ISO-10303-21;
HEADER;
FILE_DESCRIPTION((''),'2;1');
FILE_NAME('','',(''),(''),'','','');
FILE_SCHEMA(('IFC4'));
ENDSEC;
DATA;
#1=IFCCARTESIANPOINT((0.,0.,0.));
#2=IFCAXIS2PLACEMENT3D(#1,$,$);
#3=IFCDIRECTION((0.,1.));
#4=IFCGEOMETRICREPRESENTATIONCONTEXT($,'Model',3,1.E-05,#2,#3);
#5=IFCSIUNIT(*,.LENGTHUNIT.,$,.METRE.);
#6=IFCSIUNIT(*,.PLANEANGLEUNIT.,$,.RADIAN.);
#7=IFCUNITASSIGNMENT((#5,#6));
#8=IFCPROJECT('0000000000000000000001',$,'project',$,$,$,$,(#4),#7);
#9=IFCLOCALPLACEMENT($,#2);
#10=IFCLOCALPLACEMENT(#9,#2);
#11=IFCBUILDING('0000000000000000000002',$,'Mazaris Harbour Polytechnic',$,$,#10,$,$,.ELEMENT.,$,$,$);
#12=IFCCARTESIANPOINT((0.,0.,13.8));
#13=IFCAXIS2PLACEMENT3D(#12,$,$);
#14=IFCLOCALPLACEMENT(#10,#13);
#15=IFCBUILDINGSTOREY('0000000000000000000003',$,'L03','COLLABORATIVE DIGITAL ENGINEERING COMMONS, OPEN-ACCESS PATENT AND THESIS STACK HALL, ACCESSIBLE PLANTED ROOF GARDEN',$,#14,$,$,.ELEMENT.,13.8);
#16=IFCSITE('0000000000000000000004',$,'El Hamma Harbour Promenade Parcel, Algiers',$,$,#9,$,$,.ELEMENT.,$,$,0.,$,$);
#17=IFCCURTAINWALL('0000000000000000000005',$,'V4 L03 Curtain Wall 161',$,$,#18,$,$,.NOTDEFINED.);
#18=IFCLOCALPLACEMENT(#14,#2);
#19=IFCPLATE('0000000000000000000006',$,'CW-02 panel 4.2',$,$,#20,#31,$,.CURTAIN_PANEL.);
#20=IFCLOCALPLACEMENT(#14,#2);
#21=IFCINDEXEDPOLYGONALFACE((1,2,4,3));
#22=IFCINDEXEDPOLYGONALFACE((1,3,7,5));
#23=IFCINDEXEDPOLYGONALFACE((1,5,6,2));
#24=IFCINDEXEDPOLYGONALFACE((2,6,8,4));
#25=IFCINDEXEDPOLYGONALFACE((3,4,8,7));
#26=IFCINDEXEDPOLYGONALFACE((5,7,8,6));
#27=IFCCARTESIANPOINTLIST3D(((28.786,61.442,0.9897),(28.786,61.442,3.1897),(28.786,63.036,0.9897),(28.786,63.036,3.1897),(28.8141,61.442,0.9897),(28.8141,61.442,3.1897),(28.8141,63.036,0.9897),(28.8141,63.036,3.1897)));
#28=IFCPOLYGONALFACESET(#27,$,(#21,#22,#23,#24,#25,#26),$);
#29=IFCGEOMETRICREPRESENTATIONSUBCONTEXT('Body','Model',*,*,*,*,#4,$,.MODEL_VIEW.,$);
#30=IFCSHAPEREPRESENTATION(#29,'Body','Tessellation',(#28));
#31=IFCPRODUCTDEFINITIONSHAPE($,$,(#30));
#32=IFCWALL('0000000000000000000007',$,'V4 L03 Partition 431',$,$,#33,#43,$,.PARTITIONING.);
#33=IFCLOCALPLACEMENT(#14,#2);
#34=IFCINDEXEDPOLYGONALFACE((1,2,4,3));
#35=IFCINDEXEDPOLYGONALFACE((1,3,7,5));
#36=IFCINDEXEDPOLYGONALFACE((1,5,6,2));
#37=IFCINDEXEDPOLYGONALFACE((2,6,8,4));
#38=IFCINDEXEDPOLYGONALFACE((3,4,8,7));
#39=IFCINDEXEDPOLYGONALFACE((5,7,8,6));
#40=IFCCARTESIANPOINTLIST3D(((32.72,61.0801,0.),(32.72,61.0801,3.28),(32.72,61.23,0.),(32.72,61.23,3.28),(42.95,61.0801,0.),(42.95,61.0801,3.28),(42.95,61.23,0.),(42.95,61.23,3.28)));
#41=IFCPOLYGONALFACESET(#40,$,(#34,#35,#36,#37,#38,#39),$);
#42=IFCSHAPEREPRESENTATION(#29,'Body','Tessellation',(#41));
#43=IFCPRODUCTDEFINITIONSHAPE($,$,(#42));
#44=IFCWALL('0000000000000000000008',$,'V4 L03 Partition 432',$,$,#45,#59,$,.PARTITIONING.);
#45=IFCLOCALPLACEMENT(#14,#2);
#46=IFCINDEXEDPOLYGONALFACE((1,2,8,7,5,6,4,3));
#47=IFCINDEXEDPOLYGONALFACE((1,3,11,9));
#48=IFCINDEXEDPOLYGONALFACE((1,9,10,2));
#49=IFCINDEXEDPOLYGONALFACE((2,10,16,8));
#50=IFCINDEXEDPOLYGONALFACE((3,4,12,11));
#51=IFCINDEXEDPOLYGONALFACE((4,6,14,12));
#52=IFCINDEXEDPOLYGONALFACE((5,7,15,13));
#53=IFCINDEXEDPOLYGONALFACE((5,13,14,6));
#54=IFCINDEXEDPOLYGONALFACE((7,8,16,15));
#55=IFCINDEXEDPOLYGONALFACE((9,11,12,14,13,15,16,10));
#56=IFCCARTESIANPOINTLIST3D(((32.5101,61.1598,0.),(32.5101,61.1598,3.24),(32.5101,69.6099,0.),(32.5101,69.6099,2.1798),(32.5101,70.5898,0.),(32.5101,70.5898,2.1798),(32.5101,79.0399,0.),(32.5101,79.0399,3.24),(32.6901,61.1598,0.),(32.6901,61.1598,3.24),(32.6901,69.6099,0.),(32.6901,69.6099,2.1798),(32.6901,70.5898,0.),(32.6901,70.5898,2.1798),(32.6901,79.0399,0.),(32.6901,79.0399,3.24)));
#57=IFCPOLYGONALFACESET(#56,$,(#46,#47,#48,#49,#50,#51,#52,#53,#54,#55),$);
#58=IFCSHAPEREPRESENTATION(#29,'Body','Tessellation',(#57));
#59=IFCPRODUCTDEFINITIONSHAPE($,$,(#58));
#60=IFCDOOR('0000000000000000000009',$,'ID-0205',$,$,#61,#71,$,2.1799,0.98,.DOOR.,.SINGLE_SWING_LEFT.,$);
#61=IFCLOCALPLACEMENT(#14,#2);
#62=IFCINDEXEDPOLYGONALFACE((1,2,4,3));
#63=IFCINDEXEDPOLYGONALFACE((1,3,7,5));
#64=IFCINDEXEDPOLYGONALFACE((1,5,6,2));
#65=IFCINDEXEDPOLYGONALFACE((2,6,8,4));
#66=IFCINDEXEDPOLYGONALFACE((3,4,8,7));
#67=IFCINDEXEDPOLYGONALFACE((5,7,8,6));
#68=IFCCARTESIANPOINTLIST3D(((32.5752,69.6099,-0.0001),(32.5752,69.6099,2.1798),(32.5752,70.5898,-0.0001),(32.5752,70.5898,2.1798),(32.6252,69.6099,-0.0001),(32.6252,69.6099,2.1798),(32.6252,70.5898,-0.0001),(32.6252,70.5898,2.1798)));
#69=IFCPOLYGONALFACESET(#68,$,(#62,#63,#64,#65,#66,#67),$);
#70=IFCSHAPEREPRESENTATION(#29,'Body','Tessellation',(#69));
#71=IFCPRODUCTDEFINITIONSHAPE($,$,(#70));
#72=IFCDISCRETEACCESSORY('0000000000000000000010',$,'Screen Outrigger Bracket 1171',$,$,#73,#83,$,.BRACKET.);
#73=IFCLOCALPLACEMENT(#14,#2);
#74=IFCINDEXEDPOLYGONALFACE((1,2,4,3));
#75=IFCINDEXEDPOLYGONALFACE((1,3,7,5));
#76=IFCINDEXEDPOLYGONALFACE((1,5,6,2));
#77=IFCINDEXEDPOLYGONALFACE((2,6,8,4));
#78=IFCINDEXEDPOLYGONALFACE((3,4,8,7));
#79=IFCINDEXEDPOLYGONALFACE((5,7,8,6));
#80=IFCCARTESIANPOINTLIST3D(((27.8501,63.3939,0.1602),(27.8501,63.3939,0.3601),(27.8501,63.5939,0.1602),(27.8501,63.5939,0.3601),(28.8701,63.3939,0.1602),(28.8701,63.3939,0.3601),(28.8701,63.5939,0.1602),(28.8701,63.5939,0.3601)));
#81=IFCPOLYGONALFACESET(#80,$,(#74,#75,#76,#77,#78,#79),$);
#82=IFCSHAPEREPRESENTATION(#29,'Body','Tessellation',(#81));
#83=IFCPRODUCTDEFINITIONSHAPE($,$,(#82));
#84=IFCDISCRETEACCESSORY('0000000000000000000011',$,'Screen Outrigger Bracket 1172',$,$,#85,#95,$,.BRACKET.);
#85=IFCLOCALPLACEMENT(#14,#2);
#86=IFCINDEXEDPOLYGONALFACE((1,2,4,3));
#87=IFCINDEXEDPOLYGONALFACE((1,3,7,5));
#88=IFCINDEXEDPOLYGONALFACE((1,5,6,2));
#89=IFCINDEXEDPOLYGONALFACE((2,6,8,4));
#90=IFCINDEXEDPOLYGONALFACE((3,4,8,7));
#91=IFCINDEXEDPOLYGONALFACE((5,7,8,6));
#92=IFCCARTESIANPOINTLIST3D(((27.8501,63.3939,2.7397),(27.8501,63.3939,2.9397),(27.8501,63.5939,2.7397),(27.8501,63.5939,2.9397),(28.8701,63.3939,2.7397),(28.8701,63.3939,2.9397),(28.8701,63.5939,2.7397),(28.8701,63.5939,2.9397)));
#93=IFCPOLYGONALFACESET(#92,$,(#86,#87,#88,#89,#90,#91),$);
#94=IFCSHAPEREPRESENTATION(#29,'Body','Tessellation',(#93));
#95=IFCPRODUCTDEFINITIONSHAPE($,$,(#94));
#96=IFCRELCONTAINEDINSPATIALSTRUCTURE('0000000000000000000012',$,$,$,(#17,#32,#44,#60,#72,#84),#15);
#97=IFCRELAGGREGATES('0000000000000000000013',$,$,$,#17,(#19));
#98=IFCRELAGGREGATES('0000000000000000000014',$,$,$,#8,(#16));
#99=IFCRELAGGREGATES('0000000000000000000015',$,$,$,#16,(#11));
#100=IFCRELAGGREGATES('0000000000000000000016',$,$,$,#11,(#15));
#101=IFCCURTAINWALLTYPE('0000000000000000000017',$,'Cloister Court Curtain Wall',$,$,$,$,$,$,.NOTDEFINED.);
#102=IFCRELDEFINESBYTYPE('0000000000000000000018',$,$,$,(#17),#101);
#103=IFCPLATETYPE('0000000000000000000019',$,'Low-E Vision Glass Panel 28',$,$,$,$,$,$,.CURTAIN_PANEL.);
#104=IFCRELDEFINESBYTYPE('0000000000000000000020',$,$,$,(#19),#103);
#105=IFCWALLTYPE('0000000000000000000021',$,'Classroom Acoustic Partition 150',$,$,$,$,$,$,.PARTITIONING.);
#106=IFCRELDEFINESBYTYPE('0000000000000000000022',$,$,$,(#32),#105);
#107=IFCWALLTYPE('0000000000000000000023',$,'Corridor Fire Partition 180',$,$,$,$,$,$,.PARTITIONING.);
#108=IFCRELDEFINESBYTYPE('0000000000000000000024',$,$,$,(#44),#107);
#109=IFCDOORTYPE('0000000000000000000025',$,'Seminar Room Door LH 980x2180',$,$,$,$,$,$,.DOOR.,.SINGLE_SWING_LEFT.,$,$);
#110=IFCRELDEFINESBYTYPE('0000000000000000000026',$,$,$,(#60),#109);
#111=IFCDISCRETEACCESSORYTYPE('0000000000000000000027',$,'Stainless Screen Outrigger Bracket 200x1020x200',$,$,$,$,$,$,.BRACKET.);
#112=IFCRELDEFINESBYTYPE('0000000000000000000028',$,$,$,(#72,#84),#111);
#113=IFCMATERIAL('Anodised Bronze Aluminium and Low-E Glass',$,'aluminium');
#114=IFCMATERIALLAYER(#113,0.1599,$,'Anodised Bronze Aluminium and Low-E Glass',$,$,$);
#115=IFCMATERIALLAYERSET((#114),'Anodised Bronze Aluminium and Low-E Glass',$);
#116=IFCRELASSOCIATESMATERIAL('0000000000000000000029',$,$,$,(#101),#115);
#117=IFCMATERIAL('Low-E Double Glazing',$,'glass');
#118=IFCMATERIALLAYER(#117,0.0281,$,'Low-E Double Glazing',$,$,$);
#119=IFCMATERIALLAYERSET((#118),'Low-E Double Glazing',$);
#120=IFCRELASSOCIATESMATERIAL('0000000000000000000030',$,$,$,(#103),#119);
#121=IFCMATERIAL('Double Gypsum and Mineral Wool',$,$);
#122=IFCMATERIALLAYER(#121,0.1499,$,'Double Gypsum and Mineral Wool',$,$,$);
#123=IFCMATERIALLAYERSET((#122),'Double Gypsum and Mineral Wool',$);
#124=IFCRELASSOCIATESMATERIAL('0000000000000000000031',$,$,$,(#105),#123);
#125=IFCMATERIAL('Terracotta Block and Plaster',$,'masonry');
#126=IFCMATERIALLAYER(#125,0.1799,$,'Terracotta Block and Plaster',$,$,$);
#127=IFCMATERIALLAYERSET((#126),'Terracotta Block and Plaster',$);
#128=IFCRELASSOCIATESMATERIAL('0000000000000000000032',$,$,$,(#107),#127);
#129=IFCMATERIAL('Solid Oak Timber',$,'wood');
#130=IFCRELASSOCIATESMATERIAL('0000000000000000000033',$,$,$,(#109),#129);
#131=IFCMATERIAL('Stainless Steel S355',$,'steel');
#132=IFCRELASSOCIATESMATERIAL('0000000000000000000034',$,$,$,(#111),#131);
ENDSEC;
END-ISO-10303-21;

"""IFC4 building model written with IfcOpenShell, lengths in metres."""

from ifc_helpers import new_model, si_unit, direction, frame, frame_2d, origin, origin_2d, place, context, subcontext, project, spatial, rectangle, extrude, material, layer, layer_set, type_object, element, fill, aggregate, save


model = new_model("IFC4")

# Units and contexts
model_context = context("Model", 3, precision=1e-05, world=origin(), true_north=direction((0.0, 1.0)))
body_context = subcontext(model_context, "Body", "Model", "MODEL_VIEW")
ifc_project = project(units=[si_unit("LENGTHUNIT", "METRE"), si_unit("PLANEANGLEUNIT", "RADIAN")], contexts=[model_context])

# Site, building, storey
site_placement = place(None, origin())
site = spatial("IfcSite", under=ifc_project, at=site_placement, Name="El Hamma Harbour Promenade Parcel, Algiers", CompositionType="ELEMENT", RefElevation=0.0)
building_placement = place(site_placement, origin())
building = spatial("IfcBuilding", under=site, at=building_placement, Name="Mazaris Harbour Polytechnic", CompositionType="ELEMENT")
storey_placement = place(building_placement, frame((0.0, 0.0, 13.8)))
storey = spatial("IfcBuildingStorey", under=building, at=storey_placement, Name="L03", Description="COLLABORATIVE DIGITAL ENGINEERING COMMONS, OPEN-ACCESS PATENT AND THESIS STACK HALL, ACCESSIBLE PLANTED ROOF GARDEN", CompositionType="ELEMENT", Elevation=13.8)

# Shared definitions
ifc_material_1 = material(Name="Anodised Bronze Aluminium and Low-E Glass", Category="aluminium")
ifc_layer_1 = layer(ifc_material_1, 0.1599, Name="Anodised Bronze Aluminium and Low-E Glass")
ifc_layer_set_1 = layer_set([ifc_layer_1], Name="Anodised Bronze Aluminium and Low-E Glass")
curtain_wall_type = type_object("IfcCurtainWallType", Name="Cloister Court Curtain Wall", PredefinedType="NOTDEFINED", material=ifc_layer_set_1)

# Curtain wall
curtain_wall_1_placement = place(storey_placement, origin())
curtain_wall_1 = element("IfcCurtainWall", 1, at=curtain_wall_1_placement, inside=storey, type_object=curtain_wall_type, Name="V4 L03 Curtain Wall 161", PredefinedType="NOTDEFINED")

# Plate
ifc_material_2 = material(Name="Low-E Double Glazing", Category="glass")
ifc_layer_2 = layer(ifc_material_2, 0.0281, Name="Low-E Double Glazing")
ifc_layer_set_2 = layer_set([ifc_layer_2], Name="Low-E Double Glazing")
plate_type = type_object("IfcPlateType", Name="Low-E Vision Glass Panel 28", PredefinedType="CURTAIN_PANEL", material=ifc_layer_set_2)
plate_1_placement = place(storey_placement, frame((28.8, 62.239, 0.9897), z_axis=(0.0, 0.0, 1.0), x_axis=(0.0, -1.0, 0.0)))
plate_1 = element("IfcPlate", 2, at=plate_1_placement, type_object=plate_type, Name="CW-02 panel 4.2", PredefinedType="CURTAIN_PANEL", context=body_context, shape_type="SweptSolid", body=[
    extrude(rectangle(XDim=1.594, YDim=0.0281, at=origin_2d()), origin(), (0.0, 0.0, 1.0), 2.2),
])
aggregate(curtain_wall_1, [plate_1])

# Wall
ifc_material_3 = material(Name="Double Gypsum and Mineral Wool")
ifc_layer_3 = layer(ifc_material_3, 0.1499, Name="Double Gypsum and Mineral Wool")
ifc_layer_set_3 = layer_set([ifc_layer_3], Name="Double Gypsum and Mineral Wool")
wall_type_1 = type_object("IfcWallType", Name="Classroom Acoustic Partition 150", PredefinedType="PARTITIONING", material=ifc_layer_set_3)
wall_1_placement = place(storey_placement, frame((32.72, 61.155, 0.0), z_axis=(0.0, 0.0, 1.0), x_axis=(1.0, 0.0, 0.0)))
element("IfcWall", 3, at=wall_1_placement, inside=storey, type_object=wall_type_1, Name="V4 L03 Partition 431", PredefinedType="PARTITIONING", context=body_context, shape_type="SweptSolid", body=[
    extrude(rectangle(XDim=10.23, YDim=0.1499, at=frame_2d((5.115, 0.0))), origin(), (0.0, 0.0, 1.0), 3.28),
])

# Wall, opening, door
ifc_material_4 = material(Name="Terracotta Block and Plaster", Category="masonry")
ifc_layer_4 = layer(ifc_material_4, 0.1799, Name="Terracotta Block and Plaster")
ifc_layer_set_4 = layer_set([ifc_layer_4], Name="Terracotta Block and Plaster")
wall_type_2 = type_object("IfcWallType", Name="Corridor Fire Partition 180", PredefinedType="PARTITIONING", material=ifc_layer_set_4)
wall_2_placement = place(storey_placement, frame((32.6001, 61.1599, 0.0), z_axis=(0.0, 0.0, 1.0), x_axis=(0.0, 1.0, 0.0)))
wall_2 = element("IfcWall", 4, at=wall_2_placement, inside=storey, type_object=wall_type_2, Name="V4 L03 Partition 432", PredefinedType="PARTITIONING", context=body_context, shape_type="SweptSolid", body=[
    extrude(rectangle(XDim=17.8801, YDim=0.1799, at=frame_2d((8.9399, 0.0))), origin(), (0.0, 0.0, 1.0), 3.24),
])
opening_placement = place(wall_2_placement, frame((8.45, 0.0, 0.0)))
opening = element("IfcOpeningElement", 5, at=opening_placement, cuts=wall_2, PredefinedType="OPENING", context=body_context, shape_type="SweptSolid", body=[
    extrude(rectangle(XDim=0.98, YDim=2.1799, at=frame_2d((0.49, 1.0898))), frame((0.0, 0.0999, 0.0), z_axis=(0.0, -1.0, 0.0), x_axis=(1.0, 0.0, 0.0)), (0.0, 0.0, 1.0), 0.2),
])
ifc_material_5 = material(Name="Solid Oak Timber", Category="wood")
door_type = type_object("IfcDoorType", Name="Seminar Room Door LH 980x2180", OperationType="SINGLE_SWING_LEFT", PredefinedType="DOOR", material=ifc_material_5)
door_placement = place(opening_placement, origin())
door = element("IfcDoor", 6, at=door_placement, inside=storey, type_object=door_type, Name="ID-0205", OperationType="SINGLE_SWING_LEFT", OverallHeight=2.1799, OverallWidth=0.98, PredefinedType="DOOR", context=body_context, shape_type="SweptSolid", body=[
    extrude(rectangle(XDim=0.98, YDim=2.1799, at=frame_2d((0.49, 1.0898))), frame((0.0, 0.0249, 0.0), z_axis=(0.0, -1.0, 0.0), x_axis=(1.0, 0.0, 0.0)), (0.0, 0.0, 1.0), 0.05),
])
fill(opening, door)

# Discrete accessories
ifc_material_6 = material(Name="Stainless Steel S355", Category="steel")
discrete_accessory_type = type_object("IfcDiscreteAccessoryType", Name="Stainless Screen Outrigger Bracket 200x1020x200", PredefinedType="BRACKET", material=ifc_material_6)
for number, where, z_axis, x_axis, name in (
    (7, (28.3601, 63.4939, 0.1602), (0.0, 0.0, 1.0), (0.0, -1.0, 0.0), "Screen Outrigger Bracket 1171"),
    (8, (28.3601, 63.4939, 2.7397), (0.0, 0.0, 1.0), (0.0, -1.0, 0.0), "Screen Outrigger Bracket 1172"),
):
    element("IfcDiscreteAccessory", number, at=place(storey_placement, frame(where, z_axis=z_axis, x_axis=x_axis)), inside=storey, type_object=discrete_accessory_type, Name=name, PredefinedType="BRACKET", context=body_context, shape_type="SweptSolid", body=[
        extrude(rectangle(XDim=0.2, YDim=1.02, at=origin_2d()), origin(), (0.0, 0.0, 1.0), 0.2),
    ])

save(model, "model.ifc")
